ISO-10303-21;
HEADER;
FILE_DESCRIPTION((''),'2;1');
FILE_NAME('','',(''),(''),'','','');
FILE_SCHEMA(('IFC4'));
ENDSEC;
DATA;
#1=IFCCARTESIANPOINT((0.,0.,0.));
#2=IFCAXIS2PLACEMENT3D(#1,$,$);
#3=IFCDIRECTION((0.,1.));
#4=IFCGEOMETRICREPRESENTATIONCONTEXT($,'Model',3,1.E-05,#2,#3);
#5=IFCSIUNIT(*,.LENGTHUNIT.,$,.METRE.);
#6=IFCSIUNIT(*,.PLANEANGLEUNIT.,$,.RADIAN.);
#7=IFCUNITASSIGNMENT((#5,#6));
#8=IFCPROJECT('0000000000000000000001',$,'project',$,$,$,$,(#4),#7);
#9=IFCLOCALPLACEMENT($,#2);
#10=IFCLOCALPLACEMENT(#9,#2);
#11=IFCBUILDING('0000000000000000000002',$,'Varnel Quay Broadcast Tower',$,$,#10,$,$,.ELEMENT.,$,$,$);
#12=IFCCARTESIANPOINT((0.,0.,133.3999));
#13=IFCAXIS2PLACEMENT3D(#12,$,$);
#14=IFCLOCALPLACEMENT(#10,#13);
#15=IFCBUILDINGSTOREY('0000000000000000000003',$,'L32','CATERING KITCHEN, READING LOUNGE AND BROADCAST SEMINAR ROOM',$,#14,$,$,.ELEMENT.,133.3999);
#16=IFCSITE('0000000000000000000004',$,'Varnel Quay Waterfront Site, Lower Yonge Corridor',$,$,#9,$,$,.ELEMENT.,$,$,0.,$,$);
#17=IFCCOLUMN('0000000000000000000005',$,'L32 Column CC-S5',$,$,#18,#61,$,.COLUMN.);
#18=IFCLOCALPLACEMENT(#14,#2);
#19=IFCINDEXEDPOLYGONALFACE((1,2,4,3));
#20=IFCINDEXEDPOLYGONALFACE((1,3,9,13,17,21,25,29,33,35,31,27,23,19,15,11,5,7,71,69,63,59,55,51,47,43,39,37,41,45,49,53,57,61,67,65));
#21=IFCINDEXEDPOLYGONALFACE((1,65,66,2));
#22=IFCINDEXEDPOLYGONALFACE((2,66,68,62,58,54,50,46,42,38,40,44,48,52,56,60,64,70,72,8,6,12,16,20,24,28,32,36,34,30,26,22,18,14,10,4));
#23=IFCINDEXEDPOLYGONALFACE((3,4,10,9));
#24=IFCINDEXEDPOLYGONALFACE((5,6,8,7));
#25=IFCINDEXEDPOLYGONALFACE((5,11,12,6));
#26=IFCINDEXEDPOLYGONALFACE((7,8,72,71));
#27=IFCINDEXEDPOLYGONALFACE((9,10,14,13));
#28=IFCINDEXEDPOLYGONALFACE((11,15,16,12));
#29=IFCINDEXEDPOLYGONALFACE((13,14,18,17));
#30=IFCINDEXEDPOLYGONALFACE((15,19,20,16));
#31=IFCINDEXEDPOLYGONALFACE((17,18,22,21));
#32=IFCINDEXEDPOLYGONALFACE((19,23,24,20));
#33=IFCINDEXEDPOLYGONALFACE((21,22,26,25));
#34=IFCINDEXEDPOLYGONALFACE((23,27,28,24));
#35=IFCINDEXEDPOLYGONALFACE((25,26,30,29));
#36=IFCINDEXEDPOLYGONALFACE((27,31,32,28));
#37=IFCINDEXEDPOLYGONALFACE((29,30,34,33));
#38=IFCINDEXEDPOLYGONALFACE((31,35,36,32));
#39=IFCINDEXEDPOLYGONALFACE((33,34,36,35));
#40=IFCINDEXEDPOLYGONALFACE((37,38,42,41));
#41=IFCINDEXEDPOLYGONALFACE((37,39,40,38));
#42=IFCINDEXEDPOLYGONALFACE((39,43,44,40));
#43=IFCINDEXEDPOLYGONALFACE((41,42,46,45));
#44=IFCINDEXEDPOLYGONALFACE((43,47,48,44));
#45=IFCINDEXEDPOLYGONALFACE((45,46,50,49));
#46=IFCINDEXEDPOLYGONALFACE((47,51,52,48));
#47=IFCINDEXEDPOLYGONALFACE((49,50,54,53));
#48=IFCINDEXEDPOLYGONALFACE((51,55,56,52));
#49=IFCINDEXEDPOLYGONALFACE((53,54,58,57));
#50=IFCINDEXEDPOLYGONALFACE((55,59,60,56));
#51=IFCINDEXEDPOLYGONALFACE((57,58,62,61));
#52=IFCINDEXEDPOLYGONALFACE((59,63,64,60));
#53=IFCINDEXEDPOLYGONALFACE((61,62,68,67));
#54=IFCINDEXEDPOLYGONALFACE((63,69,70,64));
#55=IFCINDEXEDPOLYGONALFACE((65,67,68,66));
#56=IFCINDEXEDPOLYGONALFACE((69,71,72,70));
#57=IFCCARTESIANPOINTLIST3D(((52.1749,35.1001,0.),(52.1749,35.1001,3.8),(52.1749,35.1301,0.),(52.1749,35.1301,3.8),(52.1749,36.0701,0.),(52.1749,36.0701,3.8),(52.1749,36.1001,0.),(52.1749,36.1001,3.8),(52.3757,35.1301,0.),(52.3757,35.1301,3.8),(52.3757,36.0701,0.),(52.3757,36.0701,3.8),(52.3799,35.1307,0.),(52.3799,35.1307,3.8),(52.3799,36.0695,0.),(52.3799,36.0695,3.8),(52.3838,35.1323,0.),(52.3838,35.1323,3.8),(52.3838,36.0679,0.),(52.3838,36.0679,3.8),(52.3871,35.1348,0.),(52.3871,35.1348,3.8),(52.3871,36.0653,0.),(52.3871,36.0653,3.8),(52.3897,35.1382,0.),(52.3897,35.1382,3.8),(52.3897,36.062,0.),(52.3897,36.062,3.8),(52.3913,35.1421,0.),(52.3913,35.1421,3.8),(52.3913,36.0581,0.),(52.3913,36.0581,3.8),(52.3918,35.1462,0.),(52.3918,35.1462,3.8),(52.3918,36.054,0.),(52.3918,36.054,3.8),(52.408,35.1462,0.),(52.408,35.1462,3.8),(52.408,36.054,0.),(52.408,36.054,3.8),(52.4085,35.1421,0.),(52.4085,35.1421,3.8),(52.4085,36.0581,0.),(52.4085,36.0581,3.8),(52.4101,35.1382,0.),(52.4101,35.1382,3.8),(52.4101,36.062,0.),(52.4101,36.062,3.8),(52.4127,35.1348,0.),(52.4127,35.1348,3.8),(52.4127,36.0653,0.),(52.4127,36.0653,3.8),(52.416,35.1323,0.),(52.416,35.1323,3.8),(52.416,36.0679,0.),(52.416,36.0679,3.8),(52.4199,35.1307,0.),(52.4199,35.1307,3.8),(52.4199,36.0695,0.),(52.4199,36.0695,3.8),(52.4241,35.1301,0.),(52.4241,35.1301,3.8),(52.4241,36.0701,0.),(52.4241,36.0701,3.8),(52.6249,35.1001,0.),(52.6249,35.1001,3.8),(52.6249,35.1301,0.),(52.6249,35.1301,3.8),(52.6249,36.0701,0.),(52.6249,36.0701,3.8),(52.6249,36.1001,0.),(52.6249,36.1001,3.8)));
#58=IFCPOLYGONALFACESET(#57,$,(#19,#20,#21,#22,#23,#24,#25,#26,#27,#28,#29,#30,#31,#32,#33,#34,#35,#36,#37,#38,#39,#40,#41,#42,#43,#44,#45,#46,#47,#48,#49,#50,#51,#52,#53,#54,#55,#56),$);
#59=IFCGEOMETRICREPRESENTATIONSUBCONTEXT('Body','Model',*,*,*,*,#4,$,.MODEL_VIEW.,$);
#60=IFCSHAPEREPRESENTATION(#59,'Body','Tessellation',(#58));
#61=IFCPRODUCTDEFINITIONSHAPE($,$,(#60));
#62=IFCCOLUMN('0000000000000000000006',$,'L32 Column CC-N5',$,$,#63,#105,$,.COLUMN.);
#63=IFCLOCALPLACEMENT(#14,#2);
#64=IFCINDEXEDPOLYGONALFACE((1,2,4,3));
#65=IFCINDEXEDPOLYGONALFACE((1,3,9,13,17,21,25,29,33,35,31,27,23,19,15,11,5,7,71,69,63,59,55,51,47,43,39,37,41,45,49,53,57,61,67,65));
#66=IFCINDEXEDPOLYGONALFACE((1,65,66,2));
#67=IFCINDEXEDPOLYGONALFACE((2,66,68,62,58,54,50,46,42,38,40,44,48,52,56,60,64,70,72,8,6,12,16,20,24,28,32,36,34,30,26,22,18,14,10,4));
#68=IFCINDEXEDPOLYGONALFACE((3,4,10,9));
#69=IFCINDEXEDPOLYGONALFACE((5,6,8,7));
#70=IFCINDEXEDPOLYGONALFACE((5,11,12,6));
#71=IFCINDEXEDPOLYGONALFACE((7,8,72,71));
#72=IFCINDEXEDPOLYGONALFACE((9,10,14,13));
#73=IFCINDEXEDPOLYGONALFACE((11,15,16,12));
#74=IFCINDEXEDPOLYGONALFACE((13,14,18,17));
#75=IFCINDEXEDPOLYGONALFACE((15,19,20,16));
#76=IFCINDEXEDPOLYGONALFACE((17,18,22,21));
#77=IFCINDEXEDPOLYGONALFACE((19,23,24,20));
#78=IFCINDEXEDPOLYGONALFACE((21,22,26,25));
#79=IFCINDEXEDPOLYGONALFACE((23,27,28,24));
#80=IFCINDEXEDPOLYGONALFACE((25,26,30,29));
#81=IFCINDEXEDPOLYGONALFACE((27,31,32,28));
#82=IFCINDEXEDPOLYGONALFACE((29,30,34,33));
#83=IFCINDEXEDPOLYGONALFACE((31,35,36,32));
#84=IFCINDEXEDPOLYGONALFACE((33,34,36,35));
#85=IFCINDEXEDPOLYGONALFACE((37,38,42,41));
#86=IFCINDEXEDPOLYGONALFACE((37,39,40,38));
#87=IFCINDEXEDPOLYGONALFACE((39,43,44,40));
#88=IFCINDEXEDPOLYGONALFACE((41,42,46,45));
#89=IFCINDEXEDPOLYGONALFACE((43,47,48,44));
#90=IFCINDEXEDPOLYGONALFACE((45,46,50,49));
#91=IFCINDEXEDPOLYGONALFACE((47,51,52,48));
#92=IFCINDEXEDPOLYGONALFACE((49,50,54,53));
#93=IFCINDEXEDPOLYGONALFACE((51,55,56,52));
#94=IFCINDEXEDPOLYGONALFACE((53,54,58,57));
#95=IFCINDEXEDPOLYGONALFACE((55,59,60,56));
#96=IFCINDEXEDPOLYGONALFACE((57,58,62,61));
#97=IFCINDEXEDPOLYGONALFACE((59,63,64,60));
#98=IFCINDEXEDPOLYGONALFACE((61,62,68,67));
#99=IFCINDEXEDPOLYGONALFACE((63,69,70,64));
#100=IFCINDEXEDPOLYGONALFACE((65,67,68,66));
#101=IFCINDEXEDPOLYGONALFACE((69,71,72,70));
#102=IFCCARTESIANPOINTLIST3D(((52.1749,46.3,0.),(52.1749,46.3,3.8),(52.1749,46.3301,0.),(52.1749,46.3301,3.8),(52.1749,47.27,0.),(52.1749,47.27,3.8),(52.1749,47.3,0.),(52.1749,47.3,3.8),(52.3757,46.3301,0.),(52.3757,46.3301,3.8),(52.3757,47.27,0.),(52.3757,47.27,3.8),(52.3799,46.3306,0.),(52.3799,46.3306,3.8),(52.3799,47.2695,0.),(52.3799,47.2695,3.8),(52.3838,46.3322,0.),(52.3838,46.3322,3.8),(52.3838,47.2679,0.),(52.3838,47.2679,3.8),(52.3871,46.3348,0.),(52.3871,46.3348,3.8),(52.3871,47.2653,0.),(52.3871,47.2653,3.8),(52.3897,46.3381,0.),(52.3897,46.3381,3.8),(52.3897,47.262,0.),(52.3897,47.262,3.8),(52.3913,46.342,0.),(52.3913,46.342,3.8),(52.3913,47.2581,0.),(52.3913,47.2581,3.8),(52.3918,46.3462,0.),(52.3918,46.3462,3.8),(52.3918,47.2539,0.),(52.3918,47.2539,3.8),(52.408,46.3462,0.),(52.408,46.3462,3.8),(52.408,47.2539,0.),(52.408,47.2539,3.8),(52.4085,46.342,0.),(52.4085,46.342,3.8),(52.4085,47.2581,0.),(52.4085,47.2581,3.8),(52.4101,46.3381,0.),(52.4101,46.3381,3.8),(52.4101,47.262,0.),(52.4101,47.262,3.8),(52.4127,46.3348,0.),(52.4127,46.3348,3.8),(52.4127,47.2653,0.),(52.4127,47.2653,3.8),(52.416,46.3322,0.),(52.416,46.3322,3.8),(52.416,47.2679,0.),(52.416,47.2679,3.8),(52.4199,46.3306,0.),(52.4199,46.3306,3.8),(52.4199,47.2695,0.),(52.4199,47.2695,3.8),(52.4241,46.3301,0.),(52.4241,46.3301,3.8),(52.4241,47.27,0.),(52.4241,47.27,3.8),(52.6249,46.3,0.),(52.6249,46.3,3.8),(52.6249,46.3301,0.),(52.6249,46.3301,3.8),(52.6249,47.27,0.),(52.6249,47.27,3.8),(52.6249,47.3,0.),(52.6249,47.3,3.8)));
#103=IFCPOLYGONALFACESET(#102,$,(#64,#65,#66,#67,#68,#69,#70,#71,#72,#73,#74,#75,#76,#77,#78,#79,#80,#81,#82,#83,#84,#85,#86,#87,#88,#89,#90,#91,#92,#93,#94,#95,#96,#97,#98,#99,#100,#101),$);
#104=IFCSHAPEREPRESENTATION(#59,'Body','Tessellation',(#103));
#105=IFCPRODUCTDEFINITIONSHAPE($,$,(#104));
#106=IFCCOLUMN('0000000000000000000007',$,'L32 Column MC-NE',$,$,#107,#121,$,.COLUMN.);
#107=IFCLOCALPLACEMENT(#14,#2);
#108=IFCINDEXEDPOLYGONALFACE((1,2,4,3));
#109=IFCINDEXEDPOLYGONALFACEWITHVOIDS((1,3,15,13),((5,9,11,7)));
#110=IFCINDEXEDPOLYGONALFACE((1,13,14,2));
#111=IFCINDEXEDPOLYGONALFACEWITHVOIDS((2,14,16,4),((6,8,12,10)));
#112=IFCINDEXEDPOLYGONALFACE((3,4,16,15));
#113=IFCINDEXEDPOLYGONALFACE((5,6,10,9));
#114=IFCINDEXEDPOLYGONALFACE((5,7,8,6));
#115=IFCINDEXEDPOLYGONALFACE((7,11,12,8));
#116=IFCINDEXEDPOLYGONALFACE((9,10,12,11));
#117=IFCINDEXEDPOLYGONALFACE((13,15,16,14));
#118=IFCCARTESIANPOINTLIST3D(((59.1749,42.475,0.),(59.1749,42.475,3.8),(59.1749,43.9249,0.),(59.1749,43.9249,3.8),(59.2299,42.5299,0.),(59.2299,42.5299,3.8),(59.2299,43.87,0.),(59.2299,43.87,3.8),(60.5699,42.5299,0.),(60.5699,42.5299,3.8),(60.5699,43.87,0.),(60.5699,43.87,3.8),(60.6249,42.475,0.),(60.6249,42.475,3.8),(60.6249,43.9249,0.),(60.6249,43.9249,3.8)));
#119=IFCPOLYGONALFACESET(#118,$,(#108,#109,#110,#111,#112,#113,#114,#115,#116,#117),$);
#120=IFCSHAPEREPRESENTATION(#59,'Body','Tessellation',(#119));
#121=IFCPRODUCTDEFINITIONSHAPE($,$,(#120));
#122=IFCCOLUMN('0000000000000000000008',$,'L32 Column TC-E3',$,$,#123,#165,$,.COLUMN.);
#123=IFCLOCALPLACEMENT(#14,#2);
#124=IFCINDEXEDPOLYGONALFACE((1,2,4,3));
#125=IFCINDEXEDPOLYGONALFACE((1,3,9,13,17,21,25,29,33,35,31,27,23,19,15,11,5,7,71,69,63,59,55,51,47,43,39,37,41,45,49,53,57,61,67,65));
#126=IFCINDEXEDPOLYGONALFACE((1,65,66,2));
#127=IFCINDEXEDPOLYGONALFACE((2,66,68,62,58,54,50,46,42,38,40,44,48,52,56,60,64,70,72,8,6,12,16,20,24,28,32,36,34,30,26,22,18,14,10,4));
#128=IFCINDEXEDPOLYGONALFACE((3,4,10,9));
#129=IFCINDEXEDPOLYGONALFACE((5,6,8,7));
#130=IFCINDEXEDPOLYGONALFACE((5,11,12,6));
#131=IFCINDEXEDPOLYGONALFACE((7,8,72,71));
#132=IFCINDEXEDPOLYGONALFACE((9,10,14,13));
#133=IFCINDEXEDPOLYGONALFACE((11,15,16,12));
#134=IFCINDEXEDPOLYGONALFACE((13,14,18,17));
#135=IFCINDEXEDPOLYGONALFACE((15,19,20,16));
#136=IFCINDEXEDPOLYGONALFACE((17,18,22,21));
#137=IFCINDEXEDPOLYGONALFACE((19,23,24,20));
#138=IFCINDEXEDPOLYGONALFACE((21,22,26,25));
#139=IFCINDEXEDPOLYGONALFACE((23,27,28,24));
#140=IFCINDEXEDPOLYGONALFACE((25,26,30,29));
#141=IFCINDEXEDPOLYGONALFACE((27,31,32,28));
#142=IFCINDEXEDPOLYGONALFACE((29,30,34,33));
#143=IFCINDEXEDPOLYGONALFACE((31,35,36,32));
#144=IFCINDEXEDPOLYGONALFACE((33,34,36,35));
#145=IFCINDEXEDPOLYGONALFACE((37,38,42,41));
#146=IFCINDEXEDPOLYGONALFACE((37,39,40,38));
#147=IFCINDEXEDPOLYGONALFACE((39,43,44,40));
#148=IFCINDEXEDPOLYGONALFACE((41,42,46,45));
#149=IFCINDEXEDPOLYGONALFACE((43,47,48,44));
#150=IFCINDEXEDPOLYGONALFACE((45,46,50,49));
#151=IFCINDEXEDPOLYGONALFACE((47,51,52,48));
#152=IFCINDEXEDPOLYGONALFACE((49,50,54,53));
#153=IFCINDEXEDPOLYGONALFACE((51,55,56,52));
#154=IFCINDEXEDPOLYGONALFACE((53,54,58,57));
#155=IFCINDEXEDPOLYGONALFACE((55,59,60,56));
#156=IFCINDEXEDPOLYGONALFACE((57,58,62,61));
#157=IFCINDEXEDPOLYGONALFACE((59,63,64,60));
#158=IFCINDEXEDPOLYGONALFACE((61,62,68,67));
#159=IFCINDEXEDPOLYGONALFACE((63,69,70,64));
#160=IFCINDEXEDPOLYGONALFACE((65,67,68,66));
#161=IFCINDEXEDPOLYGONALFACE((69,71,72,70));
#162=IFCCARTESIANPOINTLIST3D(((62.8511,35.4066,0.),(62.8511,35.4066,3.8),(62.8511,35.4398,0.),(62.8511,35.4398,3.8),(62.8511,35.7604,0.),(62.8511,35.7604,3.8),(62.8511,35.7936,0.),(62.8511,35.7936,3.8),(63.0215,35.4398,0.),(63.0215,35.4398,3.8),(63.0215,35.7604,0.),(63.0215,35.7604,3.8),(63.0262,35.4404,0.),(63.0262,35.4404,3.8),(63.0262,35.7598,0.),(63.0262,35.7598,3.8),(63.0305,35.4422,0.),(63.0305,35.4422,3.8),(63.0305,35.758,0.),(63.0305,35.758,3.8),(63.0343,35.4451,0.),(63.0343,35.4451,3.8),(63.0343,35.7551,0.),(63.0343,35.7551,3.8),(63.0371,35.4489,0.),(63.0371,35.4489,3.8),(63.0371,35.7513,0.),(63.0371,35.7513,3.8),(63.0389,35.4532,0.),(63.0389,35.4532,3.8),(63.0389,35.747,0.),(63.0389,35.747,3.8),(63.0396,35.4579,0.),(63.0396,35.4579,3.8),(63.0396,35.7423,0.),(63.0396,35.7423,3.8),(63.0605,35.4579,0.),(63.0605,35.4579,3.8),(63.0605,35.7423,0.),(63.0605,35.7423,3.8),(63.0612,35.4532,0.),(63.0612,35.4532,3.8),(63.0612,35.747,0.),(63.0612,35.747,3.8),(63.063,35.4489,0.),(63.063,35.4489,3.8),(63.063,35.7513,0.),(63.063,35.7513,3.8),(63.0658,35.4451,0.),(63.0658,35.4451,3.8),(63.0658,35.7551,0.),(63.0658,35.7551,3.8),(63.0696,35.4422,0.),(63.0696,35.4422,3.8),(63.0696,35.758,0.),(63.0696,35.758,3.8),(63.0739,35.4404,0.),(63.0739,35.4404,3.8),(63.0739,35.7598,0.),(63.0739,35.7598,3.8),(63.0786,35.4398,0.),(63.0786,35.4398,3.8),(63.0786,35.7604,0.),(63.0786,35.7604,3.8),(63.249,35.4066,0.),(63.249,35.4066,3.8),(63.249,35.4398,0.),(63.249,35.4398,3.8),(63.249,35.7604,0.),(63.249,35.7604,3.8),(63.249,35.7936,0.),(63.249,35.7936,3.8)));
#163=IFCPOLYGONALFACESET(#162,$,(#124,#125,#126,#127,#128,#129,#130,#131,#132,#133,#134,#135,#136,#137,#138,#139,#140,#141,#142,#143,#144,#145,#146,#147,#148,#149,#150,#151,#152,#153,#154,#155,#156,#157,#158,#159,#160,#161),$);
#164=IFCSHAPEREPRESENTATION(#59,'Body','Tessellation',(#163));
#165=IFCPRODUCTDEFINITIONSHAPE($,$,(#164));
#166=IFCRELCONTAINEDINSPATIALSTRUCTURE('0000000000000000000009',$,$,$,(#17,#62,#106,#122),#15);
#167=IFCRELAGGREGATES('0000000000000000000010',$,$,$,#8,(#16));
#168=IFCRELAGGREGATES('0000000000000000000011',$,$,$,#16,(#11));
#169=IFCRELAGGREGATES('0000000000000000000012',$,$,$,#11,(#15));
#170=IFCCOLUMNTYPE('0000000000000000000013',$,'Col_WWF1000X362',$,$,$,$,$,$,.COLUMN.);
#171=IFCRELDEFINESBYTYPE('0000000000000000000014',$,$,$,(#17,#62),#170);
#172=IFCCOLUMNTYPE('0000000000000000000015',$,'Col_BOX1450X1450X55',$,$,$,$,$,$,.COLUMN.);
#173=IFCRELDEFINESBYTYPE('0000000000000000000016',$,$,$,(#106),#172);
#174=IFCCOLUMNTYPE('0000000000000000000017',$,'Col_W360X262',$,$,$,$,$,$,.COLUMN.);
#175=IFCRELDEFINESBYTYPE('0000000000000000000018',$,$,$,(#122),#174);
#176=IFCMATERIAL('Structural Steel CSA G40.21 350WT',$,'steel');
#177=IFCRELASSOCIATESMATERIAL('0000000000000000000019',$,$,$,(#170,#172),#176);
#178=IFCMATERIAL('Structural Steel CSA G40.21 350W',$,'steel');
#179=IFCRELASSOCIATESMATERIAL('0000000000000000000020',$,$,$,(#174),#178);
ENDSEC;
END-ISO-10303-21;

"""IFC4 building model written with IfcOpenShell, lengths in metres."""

from ifc_helpers import new_model, si_unit, direction, frame, origin, origin_2d, place, context, subcontext, project, spatial, hollow_rectangle, i_section, extrude, source, transform, mapped, material, material_profile, profile_set, type_object, type_shapes, element, save


model = new_model("IFC4")

# Units and contexts
model_context = context("Model", 3, precision=1e-05, world=origin(), true_north=direction((0.0, 1.0)))
body_context = subcontext(model_context, "Body", "Model", "MODEL_VIEW")
ifc_project = project(units=[si_unit("LENGTHUNIT", "METRE"), si_unit("PLANEANGLEUNIT", "RADIAN")], contexts=[model_context])

# Site, building, storey
site_placement = place(None, origin())
site = spatial("IfcSite", under=ifc_project, at=site_placement, Name="Varnel Quay Waterfront Site, Lower Yonge Corridor", CompositionType="ELEMENT", RefElevation=0.0)
building_placement = place(site_placement, origin())
building = spatial("IfcBuilding", under=site, at=building_placement, Name="Varnel Quay Broadcast Tower", CompositionType="ELEMENT")
storey_placement = place(building_placement, frame((0.0, 0.0, 133.3999)))
storey = spatial("IfcBuildingStorey", under=building, at=storey_placement, Name="L32", Description="CATERING KITCHEN, READING LOUNGE AND BROADCAST SEMINAR ROOM", CompositionType="ELEMENT", Elevation=133.3999)

# Columns
ifc_material_1 = material(Name="Structural Steel CSA G40.21 350WT", Category="steel")
ifc_material_profile_1 = material_profile(ifc_material_1, i_section(OverallWidth=0.45, OverallDepth=1.0, WebThickness=0.0161, FlangeThickness=0.03, FilletRadius=0.0161, at=origin_2d()), Name="WWF1000X362")
ifc_profile_set_1 = profile_set([ifc_material_profile_1], Name="Structural Steel CSA G40.21 350WT")
column_type_1 = type_object("IfcColumnType", Name="Col_WWF1000X362", PredefinedType="COLUMN", material=ifc_profile_set_1)
shared_shape_1 = source(origin(), body_context, "Body", "SweptSolid", [
    extrude(i_section(OverallWidth=0.45, OverallDepth=1.0, WebThickness=0.0161, FlangeThickness=0.03, FilletRadius=0.0161, at=origin_2d()), origin(), (0.0, 0.0, 1.0), 3.8),
])
type_shapes(column_type_1, [shared_shape_1])
for number, where, z_axis, x_axis, name in (
    (1, (52.3999, 35.6001, 0.0), (0.0, 0.0, 1.0), (1.0, 0.0, 0.0), "L32 Column CC-S5"),
    (2, (52.3999, 46.8, 0.0), (0.0, 0.0, 1.0), (1.0, 0.0, 0.0), "L32 Column CC-N5"),
):
    element("IfcColumn", number, at=place(storey_placement, frame(where, z_axis=z_axis, x_axis=x_axis)), inside=storey, type_object=column_type_1, Name=name, PredefinedType="COLUMN", context=body_context, shape_type="MappedRepresentation", body=[
        mapped(shared_shape_1, transform((0.0, 0.0, 0.0), x_axis=(1.0, 0.0, 0.0), y_axis=(0.0, 1.0, 0.0), z_axis=(0.0, 0.0, 1.0), scale=1.0)),
    ])
ifc_material_profile_2 = material_profile(ifc_material_1, hollow_rectangle(XDim=1.45, YDim=1.45, WallThickness=0.0549, at=origin_2d()), Name="BOX1450X1450X55")
ifc_profile_set_2 = profile_set([ifc_material_profile_2], Name="Structural Steel CSA G40.21 350WT")
column_type_2 = type_object("IfcColumnType", Name="Col_BOX1450X1450X55", PredefinedType="COLUMN", material=ifc_profile_set_2)
shared_shape_2 = source(origin(), body_context, "Body", "SweptSolid", [
    extrude(hollow_rectangle(XDim=1.45, YDim=1.45, WallThickness=0.0549, at=origin_2d()), origin(), (0.0, 0.0, 1.0), 3.8),
])
type_shapes(column_type_2, [shared_shape_2])
column_1_placement = place(storey_placement, frame((59.8999, 43.2, 0.0), z_axis=(0.0, 0.0, 1.0), x_axis=(1.0, 0.0, 0.0)))
element("IfcColumn", 3, at=column_1_placement, inside=storey, type_object=column_type_2, Name="L32 Column MC-NE", PredefinedType="COLUMN", context=body_context, shape_type="MappedRepresentation", body=[
    mapped(shared_shape_2, transform((0.0, 0.0, 0.0), x_axis=(1.0, 0.0, 0.0), y_axis=(0.0, 1.0, 0.0), z_axis=(0.0, 0.0, 1.0), scale=1.0)),
])
ifc_material_2 = material(Name="Structural Steel CSA G40.21 350W", Category="steel")
ifc_material_profile_3 = material_profile(ifc_material_2, i_section(OverallWidth=0.3979, OverallDepth=0.387, WebThickness=0.021, FlangeThickness=0.0332, FilletRadius=0.0181, at=origin_2d()), Name="W360X262")
ifc_profile_set_3 = profile_set([ifc_material_profile_3], Name="Structural Steel CSA G40.21 350W")
column_type_3 = type_object("IfcColumnType", Name="Col_W360X262", PredefinedType="COLUMN", material=ifc_profile_set_3)
shared_shape_3 = source(origin(), body_context, "Body", "SweptSolid", [
    extrude(i_section(OverallWidth=0.3979, OverallDepth=0.387, WebThickness=0.021, FlangeThickness=0.0332, FilletRadius=0.0181, at=origin_2d()), origin(), (0.0, 0.0, 1.0), 3.8),
])
type_shapes(column_type_3, [shared_shape_3])
column_2_placement = place(storey_placement, frame((63.05, 35.6001, 0.0), z_axis=(0.0, 0.0, 1.0), x_axis=(1.0, 0.0, 0.0)))
element("IfcColumn", 4, at=column_2_placement, inside=storey, type_object=column_type_3, Name="L32 Column TC-E3", PredefinedType="COLUMN", context=body_context, shape_type="MappedRepresentation", body=[
    mapped(shared_shape_3, transform((0.0, 0.0, 0.0), x_axis=(1.0, 0.0, 0.0), y_axis=(0.0, 1.0, 0.0), z_axis=(0.0, 0.0, 1.0), scale=1.0)),
])

save(model, "model.ifc")
